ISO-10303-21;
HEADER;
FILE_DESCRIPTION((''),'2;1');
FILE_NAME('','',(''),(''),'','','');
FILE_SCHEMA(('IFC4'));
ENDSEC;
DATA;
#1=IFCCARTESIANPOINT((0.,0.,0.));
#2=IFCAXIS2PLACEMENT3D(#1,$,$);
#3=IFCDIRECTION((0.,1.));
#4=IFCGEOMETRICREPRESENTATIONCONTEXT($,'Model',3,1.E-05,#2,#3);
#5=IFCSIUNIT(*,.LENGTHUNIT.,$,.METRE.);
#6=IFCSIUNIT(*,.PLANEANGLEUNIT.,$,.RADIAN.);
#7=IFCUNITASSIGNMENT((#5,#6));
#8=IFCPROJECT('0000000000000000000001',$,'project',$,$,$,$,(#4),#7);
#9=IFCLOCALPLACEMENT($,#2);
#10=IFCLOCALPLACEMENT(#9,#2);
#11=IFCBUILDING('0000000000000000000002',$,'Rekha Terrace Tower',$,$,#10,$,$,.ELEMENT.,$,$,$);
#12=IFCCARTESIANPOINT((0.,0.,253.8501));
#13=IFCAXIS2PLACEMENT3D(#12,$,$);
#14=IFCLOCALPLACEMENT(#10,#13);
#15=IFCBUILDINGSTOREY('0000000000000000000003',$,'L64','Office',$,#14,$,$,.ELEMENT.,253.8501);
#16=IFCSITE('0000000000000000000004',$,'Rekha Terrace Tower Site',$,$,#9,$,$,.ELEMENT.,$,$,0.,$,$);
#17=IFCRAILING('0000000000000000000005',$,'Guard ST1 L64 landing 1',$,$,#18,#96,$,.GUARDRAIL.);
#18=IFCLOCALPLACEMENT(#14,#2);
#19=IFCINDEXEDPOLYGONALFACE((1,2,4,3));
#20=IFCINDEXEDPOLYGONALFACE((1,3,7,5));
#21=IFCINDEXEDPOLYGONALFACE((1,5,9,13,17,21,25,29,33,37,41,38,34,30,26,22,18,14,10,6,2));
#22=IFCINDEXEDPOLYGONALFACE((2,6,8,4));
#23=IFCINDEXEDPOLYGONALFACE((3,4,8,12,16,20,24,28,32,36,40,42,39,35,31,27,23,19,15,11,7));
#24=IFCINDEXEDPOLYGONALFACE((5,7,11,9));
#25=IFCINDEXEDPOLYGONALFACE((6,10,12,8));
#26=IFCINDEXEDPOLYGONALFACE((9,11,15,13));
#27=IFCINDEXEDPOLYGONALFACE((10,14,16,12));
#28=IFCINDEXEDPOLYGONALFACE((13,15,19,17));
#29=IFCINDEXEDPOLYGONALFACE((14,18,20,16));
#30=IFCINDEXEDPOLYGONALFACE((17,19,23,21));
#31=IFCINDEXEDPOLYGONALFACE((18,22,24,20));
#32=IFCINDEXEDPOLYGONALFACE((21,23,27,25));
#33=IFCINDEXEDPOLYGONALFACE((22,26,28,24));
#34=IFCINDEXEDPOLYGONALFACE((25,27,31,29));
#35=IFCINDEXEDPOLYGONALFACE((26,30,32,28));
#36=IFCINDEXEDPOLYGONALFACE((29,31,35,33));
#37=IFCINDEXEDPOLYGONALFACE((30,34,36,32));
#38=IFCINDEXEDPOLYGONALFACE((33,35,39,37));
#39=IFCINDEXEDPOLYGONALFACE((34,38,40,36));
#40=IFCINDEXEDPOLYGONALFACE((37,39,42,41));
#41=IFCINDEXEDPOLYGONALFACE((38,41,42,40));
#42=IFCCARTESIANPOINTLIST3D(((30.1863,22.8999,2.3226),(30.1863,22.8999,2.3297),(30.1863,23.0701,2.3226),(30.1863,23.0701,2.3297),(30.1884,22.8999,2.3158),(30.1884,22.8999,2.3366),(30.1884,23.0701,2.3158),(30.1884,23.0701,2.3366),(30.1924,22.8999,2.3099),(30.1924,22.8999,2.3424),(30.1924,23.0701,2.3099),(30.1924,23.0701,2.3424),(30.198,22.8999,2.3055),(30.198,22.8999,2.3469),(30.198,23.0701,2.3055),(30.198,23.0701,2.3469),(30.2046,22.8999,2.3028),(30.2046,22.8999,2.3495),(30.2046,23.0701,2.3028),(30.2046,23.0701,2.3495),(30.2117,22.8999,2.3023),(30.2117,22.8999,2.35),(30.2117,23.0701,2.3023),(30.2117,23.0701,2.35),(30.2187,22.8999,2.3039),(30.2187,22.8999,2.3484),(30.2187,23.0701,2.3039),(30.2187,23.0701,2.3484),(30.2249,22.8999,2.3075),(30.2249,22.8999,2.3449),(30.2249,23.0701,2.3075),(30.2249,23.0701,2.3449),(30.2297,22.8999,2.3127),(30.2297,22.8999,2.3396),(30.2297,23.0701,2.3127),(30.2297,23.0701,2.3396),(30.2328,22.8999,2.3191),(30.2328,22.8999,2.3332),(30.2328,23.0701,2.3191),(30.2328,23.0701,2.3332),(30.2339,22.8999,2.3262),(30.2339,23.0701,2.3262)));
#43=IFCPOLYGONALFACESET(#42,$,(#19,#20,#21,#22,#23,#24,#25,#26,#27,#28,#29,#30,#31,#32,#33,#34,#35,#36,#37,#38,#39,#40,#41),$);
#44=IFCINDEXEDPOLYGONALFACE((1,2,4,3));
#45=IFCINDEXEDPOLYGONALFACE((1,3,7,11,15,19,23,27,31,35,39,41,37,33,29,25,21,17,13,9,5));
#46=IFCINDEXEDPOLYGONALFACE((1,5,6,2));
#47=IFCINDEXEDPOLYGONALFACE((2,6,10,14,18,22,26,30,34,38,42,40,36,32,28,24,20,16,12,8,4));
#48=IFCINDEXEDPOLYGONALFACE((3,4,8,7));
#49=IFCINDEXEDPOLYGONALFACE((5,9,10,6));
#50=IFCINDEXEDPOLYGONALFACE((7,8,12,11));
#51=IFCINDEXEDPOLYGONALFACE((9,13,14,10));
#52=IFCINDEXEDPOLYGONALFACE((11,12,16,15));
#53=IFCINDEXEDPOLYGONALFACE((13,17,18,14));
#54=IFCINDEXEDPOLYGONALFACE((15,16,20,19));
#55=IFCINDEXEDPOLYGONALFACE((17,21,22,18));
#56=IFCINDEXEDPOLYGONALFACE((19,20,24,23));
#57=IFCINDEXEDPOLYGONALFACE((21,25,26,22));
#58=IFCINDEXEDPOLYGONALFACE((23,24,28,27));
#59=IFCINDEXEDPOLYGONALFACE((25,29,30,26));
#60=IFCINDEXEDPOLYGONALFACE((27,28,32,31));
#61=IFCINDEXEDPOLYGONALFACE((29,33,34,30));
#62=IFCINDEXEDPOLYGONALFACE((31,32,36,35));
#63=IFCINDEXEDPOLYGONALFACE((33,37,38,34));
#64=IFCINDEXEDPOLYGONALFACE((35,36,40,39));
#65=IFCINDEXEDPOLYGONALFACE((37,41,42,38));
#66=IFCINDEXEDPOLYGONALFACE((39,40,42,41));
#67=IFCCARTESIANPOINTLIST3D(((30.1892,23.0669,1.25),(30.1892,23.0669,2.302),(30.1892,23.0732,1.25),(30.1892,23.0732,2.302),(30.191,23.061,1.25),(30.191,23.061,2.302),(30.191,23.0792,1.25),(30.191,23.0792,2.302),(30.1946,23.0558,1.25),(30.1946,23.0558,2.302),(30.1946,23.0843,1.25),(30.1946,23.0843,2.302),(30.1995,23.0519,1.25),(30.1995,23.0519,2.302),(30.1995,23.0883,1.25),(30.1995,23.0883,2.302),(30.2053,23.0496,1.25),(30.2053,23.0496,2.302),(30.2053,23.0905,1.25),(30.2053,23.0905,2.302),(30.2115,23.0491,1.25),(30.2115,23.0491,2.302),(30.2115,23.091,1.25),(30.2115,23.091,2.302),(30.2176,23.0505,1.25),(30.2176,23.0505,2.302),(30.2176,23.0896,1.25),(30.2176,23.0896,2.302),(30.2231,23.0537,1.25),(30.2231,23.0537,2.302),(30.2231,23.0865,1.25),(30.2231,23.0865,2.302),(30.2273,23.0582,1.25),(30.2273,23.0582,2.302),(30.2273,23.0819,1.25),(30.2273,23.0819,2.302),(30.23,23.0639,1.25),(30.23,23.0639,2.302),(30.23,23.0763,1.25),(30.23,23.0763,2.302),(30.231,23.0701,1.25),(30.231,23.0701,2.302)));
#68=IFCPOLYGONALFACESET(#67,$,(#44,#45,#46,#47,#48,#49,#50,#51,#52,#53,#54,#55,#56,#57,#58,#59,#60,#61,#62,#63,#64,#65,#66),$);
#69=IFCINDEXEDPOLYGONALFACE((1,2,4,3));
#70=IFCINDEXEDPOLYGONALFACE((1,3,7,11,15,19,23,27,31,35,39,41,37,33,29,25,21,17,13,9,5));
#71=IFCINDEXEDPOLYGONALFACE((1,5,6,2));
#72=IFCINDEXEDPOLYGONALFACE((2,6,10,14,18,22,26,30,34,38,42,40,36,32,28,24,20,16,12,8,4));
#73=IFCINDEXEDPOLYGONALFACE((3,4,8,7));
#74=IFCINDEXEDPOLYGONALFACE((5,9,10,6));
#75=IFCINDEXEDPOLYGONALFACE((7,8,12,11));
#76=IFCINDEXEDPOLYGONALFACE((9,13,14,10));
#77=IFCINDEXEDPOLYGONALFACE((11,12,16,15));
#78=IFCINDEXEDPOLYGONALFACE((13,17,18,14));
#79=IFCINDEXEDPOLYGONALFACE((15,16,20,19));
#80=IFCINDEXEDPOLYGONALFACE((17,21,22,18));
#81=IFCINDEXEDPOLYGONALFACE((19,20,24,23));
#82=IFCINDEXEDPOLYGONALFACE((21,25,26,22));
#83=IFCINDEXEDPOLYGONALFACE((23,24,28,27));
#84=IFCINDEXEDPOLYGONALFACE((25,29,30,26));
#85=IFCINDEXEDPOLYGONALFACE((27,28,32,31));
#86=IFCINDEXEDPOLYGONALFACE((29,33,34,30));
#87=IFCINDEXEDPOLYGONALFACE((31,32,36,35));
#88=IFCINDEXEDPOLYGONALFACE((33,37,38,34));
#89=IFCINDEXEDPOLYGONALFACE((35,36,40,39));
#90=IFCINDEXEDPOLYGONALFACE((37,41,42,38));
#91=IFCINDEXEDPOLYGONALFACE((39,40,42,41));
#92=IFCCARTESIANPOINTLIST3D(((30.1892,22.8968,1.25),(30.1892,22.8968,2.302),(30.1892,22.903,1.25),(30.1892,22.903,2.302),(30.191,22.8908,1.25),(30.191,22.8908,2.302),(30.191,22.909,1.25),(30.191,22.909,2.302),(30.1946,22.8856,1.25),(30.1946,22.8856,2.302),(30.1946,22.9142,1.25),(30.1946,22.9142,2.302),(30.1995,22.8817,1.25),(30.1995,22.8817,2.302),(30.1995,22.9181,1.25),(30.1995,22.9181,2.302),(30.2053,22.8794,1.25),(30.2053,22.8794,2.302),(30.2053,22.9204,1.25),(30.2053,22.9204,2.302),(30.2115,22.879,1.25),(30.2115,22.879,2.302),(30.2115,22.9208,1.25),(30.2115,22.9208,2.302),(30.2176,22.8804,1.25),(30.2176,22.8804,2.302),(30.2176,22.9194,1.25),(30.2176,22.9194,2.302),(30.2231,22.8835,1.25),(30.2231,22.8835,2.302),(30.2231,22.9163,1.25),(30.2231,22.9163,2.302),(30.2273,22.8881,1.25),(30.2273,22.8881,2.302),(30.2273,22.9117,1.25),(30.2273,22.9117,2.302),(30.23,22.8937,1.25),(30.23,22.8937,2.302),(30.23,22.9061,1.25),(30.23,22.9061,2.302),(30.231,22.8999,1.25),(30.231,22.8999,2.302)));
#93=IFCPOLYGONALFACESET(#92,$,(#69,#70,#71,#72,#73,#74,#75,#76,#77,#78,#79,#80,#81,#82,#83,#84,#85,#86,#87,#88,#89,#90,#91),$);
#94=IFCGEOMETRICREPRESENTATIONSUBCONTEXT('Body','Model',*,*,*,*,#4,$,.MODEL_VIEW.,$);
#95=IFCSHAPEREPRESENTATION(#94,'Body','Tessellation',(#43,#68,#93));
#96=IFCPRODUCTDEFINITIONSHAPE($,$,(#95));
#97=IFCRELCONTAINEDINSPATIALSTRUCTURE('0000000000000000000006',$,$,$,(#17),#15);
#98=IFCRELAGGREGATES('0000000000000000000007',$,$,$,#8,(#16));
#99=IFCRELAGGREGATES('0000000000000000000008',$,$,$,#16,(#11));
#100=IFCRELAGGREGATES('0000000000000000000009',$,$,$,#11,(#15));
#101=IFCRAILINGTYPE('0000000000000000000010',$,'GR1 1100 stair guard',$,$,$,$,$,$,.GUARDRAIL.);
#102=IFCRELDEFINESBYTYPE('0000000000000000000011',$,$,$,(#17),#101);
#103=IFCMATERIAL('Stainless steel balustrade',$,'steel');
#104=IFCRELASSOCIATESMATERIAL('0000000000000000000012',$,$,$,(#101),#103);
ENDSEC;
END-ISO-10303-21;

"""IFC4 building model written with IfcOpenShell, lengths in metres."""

from ifc_helpers import new_model, si_unit, direction, frame, origin, origin_2d, place, context, subcontext, project, spatial, circle, extrude, material, type_object, element, save


model = new_model("IFC4")

# Units and contexts
model_context = context("Model", 3, precision=1e-05, world=origin(), true_north=direction((0.0, 1.0)))
body_context = subcontext(model_context, "Body", "Model", "MODEL_VIEW")
ifc_project = project(units=[si_unit("LENGTHUNIT", "METRE"), si_unit("PLANEANGLEUNIT", "RADIAN")], contexts=[model_context])

# Site, building, storey
site_placement = place(None, origin())
site = spatial("IfcSite", under=ifc_project, at=site_placement, Name="Rekha Terrace Tower Site", CompositionType="ELEMENT", RefElevation=0.0)
building_placement = place(site_placement, origin())
building = spatial("IfcBuilding", under=site, at=building_placement, Name="Rekha Terrace Tower", CompositionType="ELEMENT")
storey_placement = place(building_placement, frame((0.0, 0.0, 253.8501)))
storey = spatial("IfcBuildingStorey", under=building, at=storey_placement, Name="L64", Description="Office", CompositionType="ELEMENT", Elevation=253.8501)

# Railing
ifc_material_1 = material(Name="Stainless steel balustrade", Category="steel")
railing_type_1 = type_object("IfcRailingType", Name="GR1 1100 stair guard", PredefinedType="GUARDRAIL", material=ifc_material_1)
railing_1_placement = place(storey_placement, frame((30.21, 23.0701, 1.25)))
element("IfcRailing", 1, at=railing_1_placement, inside=storey, type_object=railing_type_1, Name="Guard ST1 L64 landing 1", PredefinedType="GUARDRAIL", context=body_context, shape_type="SweptSolid", body=[
    extrude(circle(Radius=0.0239, at=origin_2d()), frame((0.0, 0.0, 1.0762), z_axis=(0.0, -1.0, 0.0), x_axis=(1.0, 0.0, 0.0)), (0.0, 0.0, 1.0), 0.1702),
    extrude(circle(Radius=0.021, at=origin_2d()), origin(), (0.0, 0.0, 1.0), 1.052),
    extrude(circle(Radius=0.021, at=origin_2d()), frame((0.0, -0.1702, 0.0)), (0.0, 0.0, 1.0), 1.052),
])

save(model, "model.ifc")
